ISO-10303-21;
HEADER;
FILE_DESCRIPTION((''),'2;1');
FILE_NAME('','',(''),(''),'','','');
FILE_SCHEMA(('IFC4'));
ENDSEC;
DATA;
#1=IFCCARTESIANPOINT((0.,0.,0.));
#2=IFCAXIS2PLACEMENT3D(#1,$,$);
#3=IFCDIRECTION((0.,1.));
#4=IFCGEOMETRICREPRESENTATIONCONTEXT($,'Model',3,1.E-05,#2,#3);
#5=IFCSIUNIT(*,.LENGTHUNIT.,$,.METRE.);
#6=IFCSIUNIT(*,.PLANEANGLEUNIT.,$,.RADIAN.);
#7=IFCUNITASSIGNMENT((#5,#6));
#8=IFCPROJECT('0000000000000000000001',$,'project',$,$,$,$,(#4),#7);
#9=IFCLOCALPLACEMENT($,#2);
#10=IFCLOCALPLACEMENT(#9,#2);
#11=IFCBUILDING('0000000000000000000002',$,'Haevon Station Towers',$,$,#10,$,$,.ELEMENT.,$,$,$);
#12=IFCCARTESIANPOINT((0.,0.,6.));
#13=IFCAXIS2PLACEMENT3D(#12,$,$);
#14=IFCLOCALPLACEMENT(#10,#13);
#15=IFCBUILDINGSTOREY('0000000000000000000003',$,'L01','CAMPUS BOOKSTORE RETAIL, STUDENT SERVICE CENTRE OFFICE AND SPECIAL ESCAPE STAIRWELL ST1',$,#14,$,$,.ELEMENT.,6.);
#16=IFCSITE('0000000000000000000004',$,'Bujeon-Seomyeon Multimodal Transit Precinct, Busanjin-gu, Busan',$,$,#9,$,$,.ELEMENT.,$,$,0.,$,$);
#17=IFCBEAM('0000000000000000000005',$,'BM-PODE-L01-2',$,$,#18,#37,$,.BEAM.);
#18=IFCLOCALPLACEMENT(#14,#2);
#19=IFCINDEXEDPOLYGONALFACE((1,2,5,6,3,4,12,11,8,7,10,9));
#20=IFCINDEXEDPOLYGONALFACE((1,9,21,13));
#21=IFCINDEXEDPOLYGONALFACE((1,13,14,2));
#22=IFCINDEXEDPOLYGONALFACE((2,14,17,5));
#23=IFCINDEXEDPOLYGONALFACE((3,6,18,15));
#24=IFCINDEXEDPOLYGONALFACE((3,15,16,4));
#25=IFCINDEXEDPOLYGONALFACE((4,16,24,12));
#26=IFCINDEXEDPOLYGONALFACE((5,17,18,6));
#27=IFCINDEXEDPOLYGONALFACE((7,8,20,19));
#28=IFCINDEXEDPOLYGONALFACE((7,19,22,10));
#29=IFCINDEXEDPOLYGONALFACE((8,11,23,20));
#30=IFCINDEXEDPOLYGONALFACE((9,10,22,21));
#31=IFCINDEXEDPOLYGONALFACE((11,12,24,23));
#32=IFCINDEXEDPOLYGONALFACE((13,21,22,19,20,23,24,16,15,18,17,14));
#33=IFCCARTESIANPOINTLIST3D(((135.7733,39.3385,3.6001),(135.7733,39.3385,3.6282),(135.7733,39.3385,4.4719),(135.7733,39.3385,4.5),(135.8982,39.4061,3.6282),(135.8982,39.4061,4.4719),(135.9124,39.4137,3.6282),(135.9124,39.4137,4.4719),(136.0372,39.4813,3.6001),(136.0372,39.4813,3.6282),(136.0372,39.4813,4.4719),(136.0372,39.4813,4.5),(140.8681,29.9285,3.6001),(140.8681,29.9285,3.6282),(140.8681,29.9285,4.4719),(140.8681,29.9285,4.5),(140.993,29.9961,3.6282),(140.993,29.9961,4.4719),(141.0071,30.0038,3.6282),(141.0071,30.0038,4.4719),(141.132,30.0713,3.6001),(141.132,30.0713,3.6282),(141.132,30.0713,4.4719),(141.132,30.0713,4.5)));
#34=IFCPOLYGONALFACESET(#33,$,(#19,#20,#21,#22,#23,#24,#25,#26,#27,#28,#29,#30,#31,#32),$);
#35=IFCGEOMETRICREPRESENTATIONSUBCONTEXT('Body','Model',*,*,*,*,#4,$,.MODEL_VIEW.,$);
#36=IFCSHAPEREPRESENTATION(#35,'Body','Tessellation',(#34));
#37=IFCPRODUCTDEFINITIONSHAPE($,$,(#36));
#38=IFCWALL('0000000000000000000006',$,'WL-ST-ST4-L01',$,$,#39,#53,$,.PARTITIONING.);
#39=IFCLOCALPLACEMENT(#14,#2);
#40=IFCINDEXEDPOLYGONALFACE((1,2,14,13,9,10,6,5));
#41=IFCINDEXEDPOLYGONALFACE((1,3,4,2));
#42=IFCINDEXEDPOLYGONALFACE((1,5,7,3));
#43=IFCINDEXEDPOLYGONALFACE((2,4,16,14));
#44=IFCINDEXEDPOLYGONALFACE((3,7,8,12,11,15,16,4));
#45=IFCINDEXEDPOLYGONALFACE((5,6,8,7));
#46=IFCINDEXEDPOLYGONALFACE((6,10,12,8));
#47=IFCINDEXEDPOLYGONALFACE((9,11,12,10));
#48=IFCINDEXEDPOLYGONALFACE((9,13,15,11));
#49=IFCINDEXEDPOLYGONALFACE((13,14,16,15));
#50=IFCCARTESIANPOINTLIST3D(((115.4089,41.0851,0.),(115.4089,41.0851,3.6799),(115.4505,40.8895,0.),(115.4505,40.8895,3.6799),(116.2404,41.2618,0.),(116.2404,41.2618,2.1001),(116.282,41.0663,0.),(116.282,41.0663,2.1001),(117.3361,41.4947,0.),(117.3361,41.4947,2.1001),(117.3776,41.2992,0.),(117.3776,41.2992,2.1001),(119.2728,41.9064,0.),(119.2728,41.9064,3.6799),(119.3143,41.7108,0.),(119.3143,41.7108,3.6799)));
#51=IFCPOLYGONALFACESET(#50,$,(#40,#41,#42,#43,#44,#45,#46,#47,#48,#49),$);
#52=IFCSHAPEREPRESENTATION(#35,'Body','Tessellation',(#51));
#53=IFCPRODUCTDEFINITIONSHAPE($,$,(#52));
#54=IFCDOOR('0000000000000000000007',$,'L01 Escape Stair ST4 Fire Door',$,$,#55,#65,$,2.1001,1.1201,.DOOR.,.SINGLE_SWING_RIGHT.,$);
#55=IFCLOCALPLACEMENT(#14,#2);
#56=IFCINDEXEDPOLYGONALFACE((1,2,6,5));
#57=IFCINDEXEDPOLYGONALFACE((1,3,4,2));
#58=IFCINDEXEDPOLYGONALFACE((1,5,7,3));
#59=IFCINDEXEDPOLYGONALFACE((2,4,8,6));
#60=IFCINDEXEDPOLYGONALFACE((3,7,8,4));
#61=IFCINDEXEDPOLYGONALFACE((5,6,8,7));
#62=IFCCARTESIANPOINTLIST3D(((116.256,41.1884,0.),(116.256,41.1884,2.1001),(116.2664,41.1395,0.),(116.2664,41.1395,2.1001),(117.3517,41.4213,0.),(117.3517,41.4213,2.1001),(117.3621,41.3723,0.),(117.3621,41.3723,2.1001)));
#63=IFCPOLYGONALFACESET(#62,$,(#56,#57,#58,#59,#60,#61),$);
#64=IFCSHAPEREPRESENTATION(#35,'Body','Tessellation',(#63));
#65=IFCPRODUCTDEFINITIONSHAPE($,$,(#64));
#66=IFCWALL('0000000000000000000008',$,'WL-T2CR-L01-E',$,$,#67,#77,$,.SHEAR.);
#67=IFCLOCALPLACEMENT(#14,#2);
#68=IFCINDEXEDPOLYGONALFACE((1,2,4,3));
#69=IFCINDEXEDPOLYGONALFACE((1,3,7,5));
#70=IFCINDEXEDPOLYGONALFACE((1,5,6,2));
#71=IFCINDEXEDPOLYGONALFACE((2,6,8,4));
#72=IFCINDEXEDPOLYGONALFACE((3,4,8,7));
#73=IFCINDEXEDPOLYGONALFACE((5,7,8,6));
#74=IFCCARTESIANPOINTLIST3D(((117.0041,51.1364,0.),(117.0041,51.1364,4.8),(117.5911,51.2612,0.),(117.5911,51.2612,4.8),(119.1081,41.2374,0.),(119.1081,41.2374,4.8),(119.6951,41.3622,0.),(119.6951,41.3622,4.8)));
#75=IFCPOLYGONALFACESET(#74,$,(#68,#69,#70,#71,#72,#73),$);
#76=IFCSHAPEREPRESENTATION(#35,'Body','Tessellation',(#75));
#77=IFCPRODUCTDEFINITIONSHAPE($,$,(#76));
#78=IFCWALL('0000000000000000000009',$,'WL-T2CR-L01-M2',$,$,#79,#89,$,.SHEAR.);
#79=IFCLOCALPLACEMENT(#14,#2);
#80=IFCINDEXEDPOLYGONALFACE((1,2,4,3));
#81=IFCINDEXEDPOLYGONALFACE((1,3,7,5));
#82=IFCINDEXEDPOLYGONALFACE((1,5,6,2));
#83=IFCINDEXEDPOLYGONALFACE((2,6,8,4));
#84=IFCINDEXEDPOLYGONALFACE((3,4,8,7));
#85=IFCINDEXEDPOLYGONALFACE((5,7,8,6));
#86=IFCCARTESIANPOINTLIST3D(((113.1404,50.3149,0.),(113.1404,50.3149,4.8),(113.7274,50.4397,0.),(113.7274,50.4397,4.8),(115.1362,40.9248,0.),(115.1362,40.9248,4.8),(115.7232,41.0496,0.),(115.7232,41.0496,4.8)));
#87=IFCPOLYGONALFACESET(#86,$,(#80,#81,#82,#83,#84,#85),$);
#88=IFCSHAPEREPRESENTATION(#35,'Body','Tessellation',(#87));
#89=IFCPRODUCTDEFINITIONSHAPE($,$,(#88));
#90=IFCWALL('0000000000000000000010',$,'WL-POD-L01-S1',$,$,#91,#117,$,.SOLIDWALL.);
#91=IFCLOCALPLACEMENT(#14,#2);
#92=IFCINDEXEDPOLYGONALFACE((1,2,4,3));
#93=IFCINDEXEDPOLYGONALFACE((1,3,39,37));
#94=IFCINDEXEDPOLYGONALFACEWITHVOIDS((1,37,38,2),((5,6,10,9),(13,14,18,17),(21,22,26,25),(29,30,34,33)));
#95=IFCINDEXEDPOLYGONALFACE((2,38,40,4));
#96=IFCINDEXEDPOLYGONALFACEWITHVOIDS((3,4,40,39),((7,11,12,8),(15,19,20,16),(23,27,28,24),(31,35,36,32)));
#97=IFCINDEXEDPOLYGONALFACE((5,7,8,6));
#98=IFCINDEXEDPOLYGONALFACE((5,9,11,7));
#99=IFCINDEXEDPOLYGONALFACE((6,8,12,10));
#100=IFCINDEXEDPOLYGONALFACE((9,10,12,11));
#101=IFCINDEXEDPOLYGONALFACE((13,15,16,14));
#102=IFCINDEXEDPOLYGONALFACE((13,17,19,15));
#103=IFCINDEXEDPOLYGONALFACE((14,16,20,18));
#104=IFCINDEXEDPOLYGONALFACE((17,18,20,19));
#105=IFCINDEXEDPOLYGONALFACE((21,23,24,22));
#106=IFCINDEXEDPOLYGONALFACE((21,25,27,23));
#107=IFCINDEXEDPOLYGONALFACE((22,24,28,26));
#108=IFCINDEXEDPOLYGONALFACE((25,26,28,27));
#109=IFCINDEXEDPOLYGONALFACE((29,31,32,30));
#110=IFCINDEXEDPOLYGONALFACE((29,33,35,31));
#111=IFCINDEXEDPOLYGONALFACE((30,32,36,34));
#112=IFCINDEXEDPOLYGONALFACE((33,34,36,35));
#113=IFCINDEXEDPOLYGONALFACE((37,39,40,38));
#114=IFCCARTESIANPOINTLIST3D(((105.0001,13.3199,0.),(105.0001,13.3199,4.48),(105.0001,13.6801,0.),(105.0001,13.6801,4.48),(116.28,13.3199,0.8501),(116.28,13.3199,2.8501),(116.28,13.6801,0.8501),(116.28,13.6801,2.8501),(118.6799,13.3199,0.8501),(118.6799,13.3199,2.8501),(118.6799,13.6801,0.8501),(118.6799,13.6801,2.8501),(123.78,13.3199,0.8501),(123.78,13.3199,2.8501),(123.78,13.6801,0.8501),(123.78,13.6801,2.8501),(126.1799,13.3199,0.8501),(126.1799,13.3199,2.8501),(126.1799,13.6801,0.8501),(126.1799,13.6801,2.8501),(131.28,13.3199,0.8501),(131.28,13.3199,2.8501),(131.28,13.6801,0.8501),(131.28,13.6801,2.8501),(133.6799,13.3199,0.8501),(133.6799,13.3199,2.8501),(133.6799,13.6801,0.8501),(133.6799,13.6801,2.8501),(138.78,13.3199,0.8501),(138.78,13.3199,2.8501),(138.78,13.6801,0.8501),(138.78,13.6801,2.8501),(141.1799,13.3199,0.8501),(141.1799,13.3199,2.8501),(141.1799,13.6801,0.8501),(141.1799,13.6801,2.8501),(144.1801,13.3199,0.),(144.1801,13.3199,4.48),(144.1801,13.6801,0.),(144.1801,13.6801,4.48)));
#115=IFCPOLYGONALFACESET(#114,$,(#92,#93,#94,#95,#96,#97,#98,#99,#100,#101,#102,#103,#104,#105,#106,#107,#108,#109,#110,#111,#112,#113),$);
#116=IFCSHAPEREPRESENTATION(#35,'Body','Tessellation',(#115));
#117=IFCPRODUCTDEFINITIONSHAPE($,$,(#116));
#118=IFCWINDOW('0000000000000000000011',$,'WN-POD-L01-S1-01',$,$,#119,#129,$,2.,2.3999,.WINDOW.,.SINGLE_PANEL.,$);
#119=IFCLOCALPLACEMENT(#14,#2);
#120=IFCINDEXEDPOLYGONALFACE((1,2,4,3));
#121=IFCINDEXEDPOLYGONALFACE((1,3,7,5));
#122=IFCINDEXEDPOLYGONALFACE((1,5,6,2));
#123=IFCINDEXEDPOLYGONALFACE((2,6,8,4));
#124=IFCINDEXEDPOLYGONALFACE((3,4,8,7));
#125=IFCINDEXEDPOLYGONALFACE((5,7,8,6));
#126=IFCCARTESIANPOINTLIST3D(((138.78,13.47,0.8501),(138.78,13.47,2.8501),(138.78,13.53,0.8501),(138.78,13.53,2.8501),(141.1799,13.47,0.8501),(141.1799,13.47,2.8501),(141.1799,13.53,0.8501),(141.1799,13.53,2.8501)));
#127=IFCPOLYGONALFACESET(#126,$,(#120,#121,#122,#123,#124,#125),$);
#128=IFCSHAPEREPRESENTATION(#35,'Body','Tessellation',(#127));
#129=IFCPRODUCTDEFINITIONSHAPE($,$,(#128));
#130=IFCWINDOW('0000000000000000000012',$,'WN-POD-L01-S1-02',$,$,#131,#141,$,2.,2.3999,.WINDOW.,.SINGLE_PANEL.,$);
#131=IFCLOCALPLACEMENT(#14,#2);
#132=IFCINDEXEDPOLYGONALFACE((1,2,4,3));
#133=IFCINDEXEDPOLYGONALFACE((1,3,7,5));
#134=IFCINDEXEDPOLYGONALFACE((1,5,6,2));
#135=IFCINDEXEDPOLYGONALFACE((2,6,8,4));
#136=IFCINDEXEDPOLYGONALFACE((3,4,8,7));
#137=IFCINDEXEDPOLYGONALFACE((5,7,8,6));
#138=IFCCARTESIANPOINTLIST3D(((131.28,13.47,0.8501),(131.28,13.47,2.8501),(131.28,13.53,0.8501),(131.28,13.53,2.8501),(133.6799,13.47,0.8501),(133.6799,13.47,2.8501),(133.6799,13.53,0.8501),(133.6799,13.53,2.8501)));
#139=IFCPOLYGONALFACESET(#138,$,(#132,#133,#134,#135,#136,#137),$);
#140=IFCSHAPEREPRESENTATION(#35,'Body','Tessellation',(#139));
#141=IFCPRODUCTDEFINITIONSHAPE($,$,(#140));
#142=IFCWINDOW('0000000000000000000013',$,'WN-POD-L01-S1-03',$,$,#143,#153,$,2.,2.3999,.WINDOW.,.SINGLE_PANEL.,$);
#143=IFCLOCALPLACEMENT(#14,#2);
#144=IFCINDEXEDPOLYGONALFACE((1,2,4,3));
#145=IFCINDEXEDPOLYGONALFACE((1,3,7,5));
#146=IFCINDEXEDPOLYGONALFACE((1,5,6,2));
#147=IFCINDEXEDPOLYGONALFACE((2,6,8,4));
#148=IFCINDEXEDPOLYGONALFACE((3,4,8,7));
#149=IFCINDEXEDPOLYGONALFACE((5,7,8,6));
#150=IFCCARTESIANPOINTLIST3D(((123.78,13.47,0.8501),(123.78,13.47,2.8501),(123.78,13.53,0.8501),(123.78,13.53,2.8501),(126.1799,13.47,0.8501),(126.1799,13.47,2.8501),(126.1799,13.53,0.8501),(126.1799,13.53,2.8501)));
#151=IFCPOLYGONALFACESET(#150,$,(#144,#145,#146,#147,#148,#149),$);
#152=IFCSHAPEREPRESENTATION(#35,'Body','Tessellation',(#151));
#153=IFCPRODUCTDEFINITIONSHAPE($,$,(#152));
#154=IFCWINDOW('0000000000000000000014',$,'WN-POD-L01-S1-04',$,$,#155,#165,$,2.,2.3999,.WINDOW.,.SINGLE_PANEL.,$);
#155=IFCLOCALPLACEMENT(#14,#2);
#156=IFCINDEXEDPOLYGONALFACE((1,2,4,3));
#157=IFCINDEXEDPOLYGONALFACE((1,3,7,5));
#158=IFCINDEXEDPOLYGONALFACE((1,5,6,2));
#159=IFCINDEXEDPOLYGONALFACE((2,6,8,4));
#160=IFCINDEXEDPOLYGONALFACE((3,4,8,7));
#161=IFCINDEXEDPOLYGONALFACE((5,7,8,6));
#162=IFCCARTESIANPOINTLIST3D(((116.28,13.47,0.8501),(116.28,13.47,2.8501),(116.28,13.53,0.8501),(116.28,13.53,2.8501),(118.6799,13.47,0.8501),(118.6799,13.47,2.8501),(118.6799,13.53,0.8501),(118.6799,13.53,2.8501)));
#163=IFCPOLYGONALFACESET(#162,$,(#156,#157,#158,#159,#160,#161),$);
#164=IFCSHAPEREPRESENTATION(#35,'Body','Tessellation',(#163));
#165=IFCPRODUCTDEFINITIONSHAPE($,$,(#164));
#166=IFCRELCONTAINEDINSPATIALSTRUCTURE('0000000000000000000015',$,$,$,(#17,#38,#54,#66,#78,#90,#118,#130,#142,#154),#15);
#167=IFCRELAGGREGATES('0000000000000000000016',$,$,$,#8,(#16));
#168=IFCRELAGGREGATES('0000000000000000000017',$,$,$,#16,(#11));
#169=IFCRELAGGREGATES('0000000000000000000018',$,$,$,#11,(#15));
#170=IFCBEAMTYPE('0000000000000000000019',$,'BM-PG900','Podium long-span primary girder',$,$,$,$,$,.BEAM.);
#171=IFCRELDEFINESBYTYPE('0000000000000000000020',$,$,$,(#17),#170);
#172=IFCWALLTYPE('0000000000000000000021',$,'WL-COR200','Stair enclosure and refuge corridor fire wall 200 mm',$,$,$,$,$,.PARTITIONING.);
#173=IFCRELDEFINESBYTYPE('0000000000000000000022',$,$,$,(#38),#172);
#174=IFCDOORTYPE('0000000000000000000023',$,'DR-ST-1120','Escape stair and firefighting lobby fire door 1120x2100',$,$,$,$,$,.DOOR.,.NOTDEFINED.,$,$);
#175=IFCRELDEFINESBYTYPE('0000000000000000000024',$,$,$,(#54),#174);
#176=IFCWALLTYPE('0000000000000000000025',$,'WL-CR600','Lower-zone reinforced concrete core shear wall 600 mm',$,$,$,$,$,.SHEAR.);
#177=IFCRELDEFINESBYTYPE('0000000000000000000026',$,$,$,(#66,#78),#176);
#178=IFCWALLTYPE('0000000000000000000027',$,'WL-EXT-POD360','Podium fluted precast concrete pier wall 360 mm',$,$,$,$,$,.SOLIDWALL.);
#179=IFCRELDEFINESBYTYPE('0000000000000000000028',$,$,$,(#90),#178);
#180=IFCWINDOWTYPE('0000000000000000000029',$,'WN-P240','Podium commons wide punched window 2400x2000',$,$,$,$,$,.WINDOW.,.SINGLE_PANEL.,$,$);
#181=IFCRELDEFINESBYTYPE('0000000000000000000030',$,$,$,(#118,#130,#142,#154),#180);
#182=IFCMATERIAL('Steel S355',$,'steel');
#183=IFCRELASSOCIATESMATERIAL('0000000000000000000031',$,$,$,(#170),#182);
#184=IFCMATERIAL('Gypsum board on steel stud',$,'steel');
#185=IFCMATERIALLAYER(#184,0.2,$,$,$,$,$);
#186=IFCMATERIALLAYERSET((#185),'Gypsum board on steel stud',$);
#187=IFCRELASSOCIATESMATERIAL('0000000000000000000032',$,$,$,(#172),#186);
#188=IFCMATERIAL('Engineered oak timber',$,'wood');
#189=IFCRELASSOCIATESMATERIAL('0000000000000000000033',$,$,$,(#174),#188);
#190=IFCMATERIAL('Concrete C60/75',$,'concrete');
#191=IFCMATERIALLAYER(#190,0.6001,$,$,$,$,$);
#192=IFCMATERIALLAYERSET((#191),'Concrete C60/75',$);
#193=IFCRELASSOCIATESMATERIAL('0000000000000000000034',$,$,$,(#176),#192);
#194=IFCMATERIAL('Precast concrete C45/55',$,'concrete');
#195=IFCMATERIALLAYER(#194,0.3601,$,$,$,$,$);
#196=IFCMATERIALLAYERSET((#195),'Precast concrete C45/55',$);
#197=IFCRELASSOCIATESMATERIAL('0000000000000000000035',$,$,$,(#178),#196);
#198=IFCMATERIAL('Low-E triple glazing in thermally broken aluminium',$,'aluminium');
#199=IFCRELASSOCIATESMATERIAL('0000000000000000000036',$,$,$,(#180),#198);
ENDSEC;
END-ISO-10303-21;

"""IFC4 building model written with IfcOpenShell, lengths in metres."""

from ifc_helpers import new_model, si_unit, direction, frame, frame_2d, origin, origin_2d, place, context, subcontext, project, spatial, rectangle, i_section, extrude, material, layer, layer_set, material_profile, profile_set, type_object, element, fill, save


model = new_model("IFC4")

# Units and contexts
model_context = context("Model", 3, precision=1e-05, world=origin(), true_north=direction((0.0, 1.0)))
body_context = subcontext(model_context, "Body", "Model", "MODEL_VIEW")
ifc_project = project(units=[si_unit("LENGTHUNIT", "METRE"), si_unit("PLANEANGLEUNIT", "RADIAN")], contexts=[model_context])

# Site, building, storey
site_placement = place(None, origin())
site = spatial("IfcSite", under=ifc_project, at=site_placement, Name="Bujeon-Seomyeon Multimodal Transit Precinct, Busanjin-gu, Busan", CompositionType="ELEMENT", RefElevation=0.0)
building_placement = place(site_placement, origin())
building = spatial("IfcBuilding", under=site, at=building_placement, Name="Haevon Station Towers", CompositionType="ELEMENT")
storey_placement = place(building_placement, frame((0.0, 0.0, 6.0)))
storey = spatial("IfcBuildingStorey", under=building, at=storey_placement, Name="L01", Description="CAMPUS BOOKSTORE RETAIL, STUDENT SERVICE CENTRE OFFICE AND SPECIAL ESCAPE STAIRWELL ST1", CompositionType="ELEMENT", Elevation=6.0)

# Beam
ifc_material_1 = material(Name="Steel S355", Category="steel")
ifc_material_profile_1 = material_profile(ifc_material_1, i_section(OverallWidth=0.3, OverallDepth=0.8999, WebThickness=0.0161, FlangeThickness=0.0281, at=origin_2d()), Name="H-900x300x16x28")
ifc_profile_set_1 = profile_set([ifc_material_profile_1], Name="Steel S355")
beam_type_1 = type_object("IfcBeamType", Name="BM-PG900", Description="Podium long-span primary girder", PredefinedType="BEAM", material=ifc_profile_set_1)
beam_1_placement = place(storey_placement, frame((135.9053, 39.4099, 4.05), z_axis=(0.476116, -0.879382, 0.0), x_axis=(0.879382, 0.476116, 0.0)))
element("IfcBeam", 1, at=beam_1_placement, inside=storey, type_object=beam_type_1, Name="BM-PODE-L01-2", PredefinedType="BEAM", context=body_context, shape_type="SweptSolid", body=[
    extrude(i_section(OverallWidth=0.3, OverallDepth=0.8999, WebThickness=0.0161, FlangeThickness=0.0281, at=origin_2d()), origin(), (0.0, 0.0, 1.0), 10.7007),
])

# Wall, opening, door
ifc_material_2 = material(Name="Gypsum board on steel stud", Category="steel")
ifc_layer_1 = layer(ifc_material_2, 0.2)
ifc_layer_set_1 = layer_set([ifc_layer_1], Name="Gypsum board on steel stud")
wall_type_1 = type_object("IfcWallType", Name="WL-COR200", Description="Stair enclosure and refuge corridor fire wall 200 mm", PredefinedType="PARTITIONING", material=ifc_layer_set_1)
wall_1_placement = place(storey_placement, frame((115.4297, 40.9873, 0.0), z_axis=(0.0, 0.0, 1.0), x_axis=(0.978147, 0.207916, 0.0)))
wall_1 = element("IfcWall", 2, at=wall_1_placement, inside=storey, type_object=wall_type_1, Name="WL-ST-ST4-L01", PredefinedType="PARTITIONING", context=body_context, shape_type="SweptSolid", body=[
    extrude(rectangle(XDim=3.9502, YDim=0.2, at=frame_2d((1.9751, 0.0))), origin(), (0.0, 0.0, 1.0), 3.6799),
])
opening_1_placement = place(wall_1_placement, frame((0.8501, 0.0, 0.0)))
opening_1 = element("IfcOpeningElement", 3, at=opening_1_placement, cuts=wall_1, PredefinedType="OPENING", context=body_context, shape_type="SweptSolid", body=[
    extrude(rectangle(XDim=1.1201, YDim=2.1001, at=frame_2d((0.5601, 1.05))), frame((0.0, 0.1099, 0.0), z_axis=(0.0, -1.0, 0.0), x_axis=(1.0, 0.0, 0.0)), (0.0, 0.0, 1.0), 0.22),
])
ifc_material_3 = material(Name="Engineered oak timber", Category="wood")
door_type = type_object("IfcDoorType", Name="DR-ST-1120", Description="Escape stair and firefighting lobby fire door 1120x2100", OperationType="NOTDEFINED", PredefinedType="DOOR", material=ifc_material_3)
door_placement = place(opening_1_placement, origin())
door = element("IfcDoor", 4, at=door_placement, inside=storey, type_object=door_type, Name="L01 Escape Stair ST4 Fire Door", OperationType="SINGLE_SWING_RIGHT", OverallHeight=2.1001, OverallWidth=1.1201, PredefinedType="DOOR", context=body_context, shape_type="SweptSolid", body=[
    extrude(rectangle(XDim=1.1201, YDim=2.1001, at=frame_2d((0.5601, 1.05))), frame((0.0, 0.0249, 0.0), z_axis=(0.0, -1.0, 0.0), x_axis=(1.0, 0.0, 0.0)), (0.0, 0.0, 1.0), 0.05),
])
fill(opening_1, door)

# Walls
ifc_material_4 = material(Name="Concrete C60/75", Category="concrete")
ifc_layer_2 = layer(ifc_material_4, 0.6001)
ifc_layer_set_2 = layer_set([ifc_layer_2], Name="Concrete C60/75")
wall_type_2 = type_object("IfcWallType", Name="WL-CR600", Description="Lower-zone reinforced concrete core shear wall 600 mm", PredefinedType="SHEAR", material=ifc_layer_set_2)
wall_2_placement = place(storey_placement, frame((119.4016, 41.2998, 0.0), z_axis=(0.0, 0.0, 1.0), x_axis=(-0.207904, 0.978149, 0.0)))
element("IfcWall", 5, at=wall_2_placement, inside=storey, type_object=wall_type_2, Name="WL-T2CR-L01-E", PredefinedType="SHEAR", context=body_context, shape_type="SweptSolid", body=[
    extrude(rectangle(XDim=10.1201, YDim=0.6001, at=frame_2d((5.0601, 0.0))), origin(), (0.0, 0.0, 1.0), 4.8),
])
wall_3_placement = place(storey_placement, frame((115.4297, 40.9873, 0.0), z_axis=(0.0, 0.0, 1.0), x_axis=(-0.207903, 0.978149, 0.0)))
element("IfcWall", 6, at=wall_3_placement, inside=storey, type_object=wall_type_2, Name="WL-T2CR-L01-M2", PredefinedType="SHEAR", context=body_context, shape_type="SweptSolid", body=[
    extrude(rectangle(XDim=9.5999, YDim=0.6001, at=frame_2d((4.7998, 0.0))), origin(), (0.0, 0.0, 1.0), 4.8),
])

# Wall, openings, windows
ifc_material_5 = material(Name="Precast concrete C45/55", Category="concrete")
ifc_layer_3 = layer(ifc_material_5, 0.3601)
ifc_layer_set_3 = layer_set([ifc_layer_3], Name="Precast concrete C45/55")
wall_type_3 = type_object("IfcWallType", Name="WL-EXT-POD360", Description="Podium fluted precast concrete pier wall 360 mm", PredefinedType="SOLIDWALL", material=ifc_layer_set_3)
wall_4_placement = place(storey_placement, frame((144.1799, 13.5, 0.0), z_axis=(0.0, 0.0, 1.0), x_axis=(-1.0, 0.0, 0.0)))
wall_4 = element("IfcWall", 7, at=wall_4_placement, inside=storey, type_object=wall_type_3, Name="WL-POD-L01-S1", PredefinedType="SOLIDWALL", context=body_context, shape_type="SweptSolid", body=[
    extrude(rectangle(XDim=39.1799, YDim=0.3601, at=frame_2d((19.5898, 0.0))), origin(), (0.0, 0.0, 1.0), 4.48),
])
opening_2_placement = place(wall_4_placement, frame((3.0, 0.0, 0.8501)))
opening_2 = element("IfcOpeningElement", 8, at=opening_2_placement, cuts=wall_4, PredefinedType="OPENING", context=body_context, shape_type="SweptSolid", body=[
    extrude(rectangle(XDim=2.3999, YDim=2.0, at=frame_2d((1.2, 1.0))), frame((0.0, 0.1899, 0.0), z_axis=(0.0, -1.0, 0.0), x_axis=(1.0, 0.0, 0.0)), (0.0, 0.0, 1.0), 0.3801),
])
opening_3_placement = place(wall_4_placement, frame((10.5, 0.0, 0.8501)))
opening_3 = element("IfcOpeningElement", 9, at=opening_3_placement, cuts=wall_4, PredefinedType="OPENING", context=body_context, shape_type="SweptSolid", body=[
    extrude(rectangle(XDim=2.3999, YDim=2.0, at=frame_2d((1.2, 1.0))), frame((0.0, 0.1899, 0.0), z_axis=(0.0, -1.0, 0.0), x_axis=(1.0, 0.0, 0.0)), (0.0, 0.0, 1.0), 0.3801),
])
opening_4_placement = place(wall_4_placement, frame((18.0, 0.0, 0.8501)))
opening_4 = element("IfcOpeningElement", 10, at=opening_4_placement, cuts=wall_4, PredefinedType="OPENING", context=body_context, shape_type="SweptSolid", body=[
    extrude(rectangle(XDim=2.3999, YDim=2.0, at=frame_2d((1.2, 1.0))), frame((0.0, 0.1899, 0.0), z_axis=(0.0, -1.0, 0.0), x_axis=(1.0, 0.0, 0.0)), (0.0, 0.0, 1.0), 0.3801),
])
opening_5_placement = place(wall_4_placement, frame((25.5, 0.0, 0.8501)))
opening_5 = element("IfcOpeningElement", 11, at=opening_5_placement, cuts=wall_4, PredefinedType="OPENING", context=body_context, shape_type="SweptSolid", body=[
    extrude(rectangle(XDim=2.3999, YDim=2.0, at=frame_2d((1.2, 1.0))), frame((0.0, 0.1899, 0.0), z_axis=(0.0, -1.0, 0.0), x_axis=(1.0, 0.0, 0.0)), (0.0, 0.0, 1.0), 0.3801),
])
ifc_material_6 = material(Name="Low-E triple glazing in thermally broken aluminium", Category="aluminium")
window_type = type_object("IfcWindowType", Name="WN-P240", Description="Podium commons wide punched window 2400x2000", PartitioningType="SINGLE_PANEL", PredefinedType="WINDOW", material=ifc_material_6)
window_1_placement = place(opening_2_placement, origin())
window_1 = element("IfcWindow", 12, at=window_1_placement, inside=storey, type_object=window_type, Name="WN-POD-L01-S1-01", OverallHeight=2.0, OverallWidth=2.3999, PartitioningType="SINGLE_PANEL", PredefinedType="WINDOW", context=body_context, shape_type="SweptSolid", body=[
    extrude(rectangle(XDim=2.3999, YDim=2.0, at=frame_2d((1.2, 1.0))), frame((0.0, 0.03, 0.0), z_axis=(0.0, -1.0, 0.0), x_axis=(1.0, 0.0, 0.0)), (0.0, 0.0, 1.0), 0.0601),
])
fill(opening_2, window_1)
window_2_placement = place(opening_3_placement, origin())
window_2 = element("IfcWindow", 13, at=window_2_placement, inside=storey, type_object=window_type, Name="WN-POD-L01-S1-02", OverallHeight=2.0, OverallWidth=2.3999, PartitioningType="SINGLE_PANEL", PredefinedType="WINDOW", context=body_context, shape_type="SweptSolid", body=[
    extrude(rectangle(XDim=2.3999, YDim=2.0, at=frame_2d((1.2, 1.0))), frame((0.0, 0.03, 0.0), z_axis=(0.0, -1.0, 0.0), x_axis=(1.0, 0.0, 0.0)), (0.0, 0.0, 1.0), 0.0601),
])
fill(opening_3, window_2)
window_3_placement = place(opening_4_placement, origin())
window_3 = element("IfcWindow", 14, at=window_3_placement, inside=storey, type_object=window_type, Name="WN-POD-L01-S1-03", OverallHeight=2.0, OverallWidth=2.3999, PartitioningType="SINGLE_PANEL", PredefinedType="WINDOW", context=body_context, shape_type="SweptSolid", body=[
    extrude(rectangle(XDim=2.3999, YDim=2.0, at=frame_2d((1.2, 1.0))), frame((0.0, 0.03, 0.0), z_axis=(0.0, -1.0, 0.0), x_axis=(1.0, 0.0, 0.0)), (0.0, 0.0, 1.0), 0.0601),
])
fill(opening_4, window_3)
window_4_placement = place(opening_5_placement, origin())
window_4 = element("IfcWindow", 15, at=window_4_placement, inside=storey, type_object=window_type, Name="WN-POD-L01-S1-04", OverallHeight=2.0, OverallWidth=2.3999, PartitioningType="SINGLE_PANEL", PredefinedType="WINDOW", context=body_context, shape_type="SweptSolid", body=[
    extrude(rectangle(XDim=2.3999, YDim=2.0, at=frame_2d((1.2, 1.0))), frame((0.0, 0.03, 0.0), z_axis=(0.0, -1.0, 0.0), x_axis=(1.0, 0.0, 0.0)), (0.0, 0.0, 1.0), 0.0601),
])
fill(opening_5, window_4)

save(model, "model.ifc")
